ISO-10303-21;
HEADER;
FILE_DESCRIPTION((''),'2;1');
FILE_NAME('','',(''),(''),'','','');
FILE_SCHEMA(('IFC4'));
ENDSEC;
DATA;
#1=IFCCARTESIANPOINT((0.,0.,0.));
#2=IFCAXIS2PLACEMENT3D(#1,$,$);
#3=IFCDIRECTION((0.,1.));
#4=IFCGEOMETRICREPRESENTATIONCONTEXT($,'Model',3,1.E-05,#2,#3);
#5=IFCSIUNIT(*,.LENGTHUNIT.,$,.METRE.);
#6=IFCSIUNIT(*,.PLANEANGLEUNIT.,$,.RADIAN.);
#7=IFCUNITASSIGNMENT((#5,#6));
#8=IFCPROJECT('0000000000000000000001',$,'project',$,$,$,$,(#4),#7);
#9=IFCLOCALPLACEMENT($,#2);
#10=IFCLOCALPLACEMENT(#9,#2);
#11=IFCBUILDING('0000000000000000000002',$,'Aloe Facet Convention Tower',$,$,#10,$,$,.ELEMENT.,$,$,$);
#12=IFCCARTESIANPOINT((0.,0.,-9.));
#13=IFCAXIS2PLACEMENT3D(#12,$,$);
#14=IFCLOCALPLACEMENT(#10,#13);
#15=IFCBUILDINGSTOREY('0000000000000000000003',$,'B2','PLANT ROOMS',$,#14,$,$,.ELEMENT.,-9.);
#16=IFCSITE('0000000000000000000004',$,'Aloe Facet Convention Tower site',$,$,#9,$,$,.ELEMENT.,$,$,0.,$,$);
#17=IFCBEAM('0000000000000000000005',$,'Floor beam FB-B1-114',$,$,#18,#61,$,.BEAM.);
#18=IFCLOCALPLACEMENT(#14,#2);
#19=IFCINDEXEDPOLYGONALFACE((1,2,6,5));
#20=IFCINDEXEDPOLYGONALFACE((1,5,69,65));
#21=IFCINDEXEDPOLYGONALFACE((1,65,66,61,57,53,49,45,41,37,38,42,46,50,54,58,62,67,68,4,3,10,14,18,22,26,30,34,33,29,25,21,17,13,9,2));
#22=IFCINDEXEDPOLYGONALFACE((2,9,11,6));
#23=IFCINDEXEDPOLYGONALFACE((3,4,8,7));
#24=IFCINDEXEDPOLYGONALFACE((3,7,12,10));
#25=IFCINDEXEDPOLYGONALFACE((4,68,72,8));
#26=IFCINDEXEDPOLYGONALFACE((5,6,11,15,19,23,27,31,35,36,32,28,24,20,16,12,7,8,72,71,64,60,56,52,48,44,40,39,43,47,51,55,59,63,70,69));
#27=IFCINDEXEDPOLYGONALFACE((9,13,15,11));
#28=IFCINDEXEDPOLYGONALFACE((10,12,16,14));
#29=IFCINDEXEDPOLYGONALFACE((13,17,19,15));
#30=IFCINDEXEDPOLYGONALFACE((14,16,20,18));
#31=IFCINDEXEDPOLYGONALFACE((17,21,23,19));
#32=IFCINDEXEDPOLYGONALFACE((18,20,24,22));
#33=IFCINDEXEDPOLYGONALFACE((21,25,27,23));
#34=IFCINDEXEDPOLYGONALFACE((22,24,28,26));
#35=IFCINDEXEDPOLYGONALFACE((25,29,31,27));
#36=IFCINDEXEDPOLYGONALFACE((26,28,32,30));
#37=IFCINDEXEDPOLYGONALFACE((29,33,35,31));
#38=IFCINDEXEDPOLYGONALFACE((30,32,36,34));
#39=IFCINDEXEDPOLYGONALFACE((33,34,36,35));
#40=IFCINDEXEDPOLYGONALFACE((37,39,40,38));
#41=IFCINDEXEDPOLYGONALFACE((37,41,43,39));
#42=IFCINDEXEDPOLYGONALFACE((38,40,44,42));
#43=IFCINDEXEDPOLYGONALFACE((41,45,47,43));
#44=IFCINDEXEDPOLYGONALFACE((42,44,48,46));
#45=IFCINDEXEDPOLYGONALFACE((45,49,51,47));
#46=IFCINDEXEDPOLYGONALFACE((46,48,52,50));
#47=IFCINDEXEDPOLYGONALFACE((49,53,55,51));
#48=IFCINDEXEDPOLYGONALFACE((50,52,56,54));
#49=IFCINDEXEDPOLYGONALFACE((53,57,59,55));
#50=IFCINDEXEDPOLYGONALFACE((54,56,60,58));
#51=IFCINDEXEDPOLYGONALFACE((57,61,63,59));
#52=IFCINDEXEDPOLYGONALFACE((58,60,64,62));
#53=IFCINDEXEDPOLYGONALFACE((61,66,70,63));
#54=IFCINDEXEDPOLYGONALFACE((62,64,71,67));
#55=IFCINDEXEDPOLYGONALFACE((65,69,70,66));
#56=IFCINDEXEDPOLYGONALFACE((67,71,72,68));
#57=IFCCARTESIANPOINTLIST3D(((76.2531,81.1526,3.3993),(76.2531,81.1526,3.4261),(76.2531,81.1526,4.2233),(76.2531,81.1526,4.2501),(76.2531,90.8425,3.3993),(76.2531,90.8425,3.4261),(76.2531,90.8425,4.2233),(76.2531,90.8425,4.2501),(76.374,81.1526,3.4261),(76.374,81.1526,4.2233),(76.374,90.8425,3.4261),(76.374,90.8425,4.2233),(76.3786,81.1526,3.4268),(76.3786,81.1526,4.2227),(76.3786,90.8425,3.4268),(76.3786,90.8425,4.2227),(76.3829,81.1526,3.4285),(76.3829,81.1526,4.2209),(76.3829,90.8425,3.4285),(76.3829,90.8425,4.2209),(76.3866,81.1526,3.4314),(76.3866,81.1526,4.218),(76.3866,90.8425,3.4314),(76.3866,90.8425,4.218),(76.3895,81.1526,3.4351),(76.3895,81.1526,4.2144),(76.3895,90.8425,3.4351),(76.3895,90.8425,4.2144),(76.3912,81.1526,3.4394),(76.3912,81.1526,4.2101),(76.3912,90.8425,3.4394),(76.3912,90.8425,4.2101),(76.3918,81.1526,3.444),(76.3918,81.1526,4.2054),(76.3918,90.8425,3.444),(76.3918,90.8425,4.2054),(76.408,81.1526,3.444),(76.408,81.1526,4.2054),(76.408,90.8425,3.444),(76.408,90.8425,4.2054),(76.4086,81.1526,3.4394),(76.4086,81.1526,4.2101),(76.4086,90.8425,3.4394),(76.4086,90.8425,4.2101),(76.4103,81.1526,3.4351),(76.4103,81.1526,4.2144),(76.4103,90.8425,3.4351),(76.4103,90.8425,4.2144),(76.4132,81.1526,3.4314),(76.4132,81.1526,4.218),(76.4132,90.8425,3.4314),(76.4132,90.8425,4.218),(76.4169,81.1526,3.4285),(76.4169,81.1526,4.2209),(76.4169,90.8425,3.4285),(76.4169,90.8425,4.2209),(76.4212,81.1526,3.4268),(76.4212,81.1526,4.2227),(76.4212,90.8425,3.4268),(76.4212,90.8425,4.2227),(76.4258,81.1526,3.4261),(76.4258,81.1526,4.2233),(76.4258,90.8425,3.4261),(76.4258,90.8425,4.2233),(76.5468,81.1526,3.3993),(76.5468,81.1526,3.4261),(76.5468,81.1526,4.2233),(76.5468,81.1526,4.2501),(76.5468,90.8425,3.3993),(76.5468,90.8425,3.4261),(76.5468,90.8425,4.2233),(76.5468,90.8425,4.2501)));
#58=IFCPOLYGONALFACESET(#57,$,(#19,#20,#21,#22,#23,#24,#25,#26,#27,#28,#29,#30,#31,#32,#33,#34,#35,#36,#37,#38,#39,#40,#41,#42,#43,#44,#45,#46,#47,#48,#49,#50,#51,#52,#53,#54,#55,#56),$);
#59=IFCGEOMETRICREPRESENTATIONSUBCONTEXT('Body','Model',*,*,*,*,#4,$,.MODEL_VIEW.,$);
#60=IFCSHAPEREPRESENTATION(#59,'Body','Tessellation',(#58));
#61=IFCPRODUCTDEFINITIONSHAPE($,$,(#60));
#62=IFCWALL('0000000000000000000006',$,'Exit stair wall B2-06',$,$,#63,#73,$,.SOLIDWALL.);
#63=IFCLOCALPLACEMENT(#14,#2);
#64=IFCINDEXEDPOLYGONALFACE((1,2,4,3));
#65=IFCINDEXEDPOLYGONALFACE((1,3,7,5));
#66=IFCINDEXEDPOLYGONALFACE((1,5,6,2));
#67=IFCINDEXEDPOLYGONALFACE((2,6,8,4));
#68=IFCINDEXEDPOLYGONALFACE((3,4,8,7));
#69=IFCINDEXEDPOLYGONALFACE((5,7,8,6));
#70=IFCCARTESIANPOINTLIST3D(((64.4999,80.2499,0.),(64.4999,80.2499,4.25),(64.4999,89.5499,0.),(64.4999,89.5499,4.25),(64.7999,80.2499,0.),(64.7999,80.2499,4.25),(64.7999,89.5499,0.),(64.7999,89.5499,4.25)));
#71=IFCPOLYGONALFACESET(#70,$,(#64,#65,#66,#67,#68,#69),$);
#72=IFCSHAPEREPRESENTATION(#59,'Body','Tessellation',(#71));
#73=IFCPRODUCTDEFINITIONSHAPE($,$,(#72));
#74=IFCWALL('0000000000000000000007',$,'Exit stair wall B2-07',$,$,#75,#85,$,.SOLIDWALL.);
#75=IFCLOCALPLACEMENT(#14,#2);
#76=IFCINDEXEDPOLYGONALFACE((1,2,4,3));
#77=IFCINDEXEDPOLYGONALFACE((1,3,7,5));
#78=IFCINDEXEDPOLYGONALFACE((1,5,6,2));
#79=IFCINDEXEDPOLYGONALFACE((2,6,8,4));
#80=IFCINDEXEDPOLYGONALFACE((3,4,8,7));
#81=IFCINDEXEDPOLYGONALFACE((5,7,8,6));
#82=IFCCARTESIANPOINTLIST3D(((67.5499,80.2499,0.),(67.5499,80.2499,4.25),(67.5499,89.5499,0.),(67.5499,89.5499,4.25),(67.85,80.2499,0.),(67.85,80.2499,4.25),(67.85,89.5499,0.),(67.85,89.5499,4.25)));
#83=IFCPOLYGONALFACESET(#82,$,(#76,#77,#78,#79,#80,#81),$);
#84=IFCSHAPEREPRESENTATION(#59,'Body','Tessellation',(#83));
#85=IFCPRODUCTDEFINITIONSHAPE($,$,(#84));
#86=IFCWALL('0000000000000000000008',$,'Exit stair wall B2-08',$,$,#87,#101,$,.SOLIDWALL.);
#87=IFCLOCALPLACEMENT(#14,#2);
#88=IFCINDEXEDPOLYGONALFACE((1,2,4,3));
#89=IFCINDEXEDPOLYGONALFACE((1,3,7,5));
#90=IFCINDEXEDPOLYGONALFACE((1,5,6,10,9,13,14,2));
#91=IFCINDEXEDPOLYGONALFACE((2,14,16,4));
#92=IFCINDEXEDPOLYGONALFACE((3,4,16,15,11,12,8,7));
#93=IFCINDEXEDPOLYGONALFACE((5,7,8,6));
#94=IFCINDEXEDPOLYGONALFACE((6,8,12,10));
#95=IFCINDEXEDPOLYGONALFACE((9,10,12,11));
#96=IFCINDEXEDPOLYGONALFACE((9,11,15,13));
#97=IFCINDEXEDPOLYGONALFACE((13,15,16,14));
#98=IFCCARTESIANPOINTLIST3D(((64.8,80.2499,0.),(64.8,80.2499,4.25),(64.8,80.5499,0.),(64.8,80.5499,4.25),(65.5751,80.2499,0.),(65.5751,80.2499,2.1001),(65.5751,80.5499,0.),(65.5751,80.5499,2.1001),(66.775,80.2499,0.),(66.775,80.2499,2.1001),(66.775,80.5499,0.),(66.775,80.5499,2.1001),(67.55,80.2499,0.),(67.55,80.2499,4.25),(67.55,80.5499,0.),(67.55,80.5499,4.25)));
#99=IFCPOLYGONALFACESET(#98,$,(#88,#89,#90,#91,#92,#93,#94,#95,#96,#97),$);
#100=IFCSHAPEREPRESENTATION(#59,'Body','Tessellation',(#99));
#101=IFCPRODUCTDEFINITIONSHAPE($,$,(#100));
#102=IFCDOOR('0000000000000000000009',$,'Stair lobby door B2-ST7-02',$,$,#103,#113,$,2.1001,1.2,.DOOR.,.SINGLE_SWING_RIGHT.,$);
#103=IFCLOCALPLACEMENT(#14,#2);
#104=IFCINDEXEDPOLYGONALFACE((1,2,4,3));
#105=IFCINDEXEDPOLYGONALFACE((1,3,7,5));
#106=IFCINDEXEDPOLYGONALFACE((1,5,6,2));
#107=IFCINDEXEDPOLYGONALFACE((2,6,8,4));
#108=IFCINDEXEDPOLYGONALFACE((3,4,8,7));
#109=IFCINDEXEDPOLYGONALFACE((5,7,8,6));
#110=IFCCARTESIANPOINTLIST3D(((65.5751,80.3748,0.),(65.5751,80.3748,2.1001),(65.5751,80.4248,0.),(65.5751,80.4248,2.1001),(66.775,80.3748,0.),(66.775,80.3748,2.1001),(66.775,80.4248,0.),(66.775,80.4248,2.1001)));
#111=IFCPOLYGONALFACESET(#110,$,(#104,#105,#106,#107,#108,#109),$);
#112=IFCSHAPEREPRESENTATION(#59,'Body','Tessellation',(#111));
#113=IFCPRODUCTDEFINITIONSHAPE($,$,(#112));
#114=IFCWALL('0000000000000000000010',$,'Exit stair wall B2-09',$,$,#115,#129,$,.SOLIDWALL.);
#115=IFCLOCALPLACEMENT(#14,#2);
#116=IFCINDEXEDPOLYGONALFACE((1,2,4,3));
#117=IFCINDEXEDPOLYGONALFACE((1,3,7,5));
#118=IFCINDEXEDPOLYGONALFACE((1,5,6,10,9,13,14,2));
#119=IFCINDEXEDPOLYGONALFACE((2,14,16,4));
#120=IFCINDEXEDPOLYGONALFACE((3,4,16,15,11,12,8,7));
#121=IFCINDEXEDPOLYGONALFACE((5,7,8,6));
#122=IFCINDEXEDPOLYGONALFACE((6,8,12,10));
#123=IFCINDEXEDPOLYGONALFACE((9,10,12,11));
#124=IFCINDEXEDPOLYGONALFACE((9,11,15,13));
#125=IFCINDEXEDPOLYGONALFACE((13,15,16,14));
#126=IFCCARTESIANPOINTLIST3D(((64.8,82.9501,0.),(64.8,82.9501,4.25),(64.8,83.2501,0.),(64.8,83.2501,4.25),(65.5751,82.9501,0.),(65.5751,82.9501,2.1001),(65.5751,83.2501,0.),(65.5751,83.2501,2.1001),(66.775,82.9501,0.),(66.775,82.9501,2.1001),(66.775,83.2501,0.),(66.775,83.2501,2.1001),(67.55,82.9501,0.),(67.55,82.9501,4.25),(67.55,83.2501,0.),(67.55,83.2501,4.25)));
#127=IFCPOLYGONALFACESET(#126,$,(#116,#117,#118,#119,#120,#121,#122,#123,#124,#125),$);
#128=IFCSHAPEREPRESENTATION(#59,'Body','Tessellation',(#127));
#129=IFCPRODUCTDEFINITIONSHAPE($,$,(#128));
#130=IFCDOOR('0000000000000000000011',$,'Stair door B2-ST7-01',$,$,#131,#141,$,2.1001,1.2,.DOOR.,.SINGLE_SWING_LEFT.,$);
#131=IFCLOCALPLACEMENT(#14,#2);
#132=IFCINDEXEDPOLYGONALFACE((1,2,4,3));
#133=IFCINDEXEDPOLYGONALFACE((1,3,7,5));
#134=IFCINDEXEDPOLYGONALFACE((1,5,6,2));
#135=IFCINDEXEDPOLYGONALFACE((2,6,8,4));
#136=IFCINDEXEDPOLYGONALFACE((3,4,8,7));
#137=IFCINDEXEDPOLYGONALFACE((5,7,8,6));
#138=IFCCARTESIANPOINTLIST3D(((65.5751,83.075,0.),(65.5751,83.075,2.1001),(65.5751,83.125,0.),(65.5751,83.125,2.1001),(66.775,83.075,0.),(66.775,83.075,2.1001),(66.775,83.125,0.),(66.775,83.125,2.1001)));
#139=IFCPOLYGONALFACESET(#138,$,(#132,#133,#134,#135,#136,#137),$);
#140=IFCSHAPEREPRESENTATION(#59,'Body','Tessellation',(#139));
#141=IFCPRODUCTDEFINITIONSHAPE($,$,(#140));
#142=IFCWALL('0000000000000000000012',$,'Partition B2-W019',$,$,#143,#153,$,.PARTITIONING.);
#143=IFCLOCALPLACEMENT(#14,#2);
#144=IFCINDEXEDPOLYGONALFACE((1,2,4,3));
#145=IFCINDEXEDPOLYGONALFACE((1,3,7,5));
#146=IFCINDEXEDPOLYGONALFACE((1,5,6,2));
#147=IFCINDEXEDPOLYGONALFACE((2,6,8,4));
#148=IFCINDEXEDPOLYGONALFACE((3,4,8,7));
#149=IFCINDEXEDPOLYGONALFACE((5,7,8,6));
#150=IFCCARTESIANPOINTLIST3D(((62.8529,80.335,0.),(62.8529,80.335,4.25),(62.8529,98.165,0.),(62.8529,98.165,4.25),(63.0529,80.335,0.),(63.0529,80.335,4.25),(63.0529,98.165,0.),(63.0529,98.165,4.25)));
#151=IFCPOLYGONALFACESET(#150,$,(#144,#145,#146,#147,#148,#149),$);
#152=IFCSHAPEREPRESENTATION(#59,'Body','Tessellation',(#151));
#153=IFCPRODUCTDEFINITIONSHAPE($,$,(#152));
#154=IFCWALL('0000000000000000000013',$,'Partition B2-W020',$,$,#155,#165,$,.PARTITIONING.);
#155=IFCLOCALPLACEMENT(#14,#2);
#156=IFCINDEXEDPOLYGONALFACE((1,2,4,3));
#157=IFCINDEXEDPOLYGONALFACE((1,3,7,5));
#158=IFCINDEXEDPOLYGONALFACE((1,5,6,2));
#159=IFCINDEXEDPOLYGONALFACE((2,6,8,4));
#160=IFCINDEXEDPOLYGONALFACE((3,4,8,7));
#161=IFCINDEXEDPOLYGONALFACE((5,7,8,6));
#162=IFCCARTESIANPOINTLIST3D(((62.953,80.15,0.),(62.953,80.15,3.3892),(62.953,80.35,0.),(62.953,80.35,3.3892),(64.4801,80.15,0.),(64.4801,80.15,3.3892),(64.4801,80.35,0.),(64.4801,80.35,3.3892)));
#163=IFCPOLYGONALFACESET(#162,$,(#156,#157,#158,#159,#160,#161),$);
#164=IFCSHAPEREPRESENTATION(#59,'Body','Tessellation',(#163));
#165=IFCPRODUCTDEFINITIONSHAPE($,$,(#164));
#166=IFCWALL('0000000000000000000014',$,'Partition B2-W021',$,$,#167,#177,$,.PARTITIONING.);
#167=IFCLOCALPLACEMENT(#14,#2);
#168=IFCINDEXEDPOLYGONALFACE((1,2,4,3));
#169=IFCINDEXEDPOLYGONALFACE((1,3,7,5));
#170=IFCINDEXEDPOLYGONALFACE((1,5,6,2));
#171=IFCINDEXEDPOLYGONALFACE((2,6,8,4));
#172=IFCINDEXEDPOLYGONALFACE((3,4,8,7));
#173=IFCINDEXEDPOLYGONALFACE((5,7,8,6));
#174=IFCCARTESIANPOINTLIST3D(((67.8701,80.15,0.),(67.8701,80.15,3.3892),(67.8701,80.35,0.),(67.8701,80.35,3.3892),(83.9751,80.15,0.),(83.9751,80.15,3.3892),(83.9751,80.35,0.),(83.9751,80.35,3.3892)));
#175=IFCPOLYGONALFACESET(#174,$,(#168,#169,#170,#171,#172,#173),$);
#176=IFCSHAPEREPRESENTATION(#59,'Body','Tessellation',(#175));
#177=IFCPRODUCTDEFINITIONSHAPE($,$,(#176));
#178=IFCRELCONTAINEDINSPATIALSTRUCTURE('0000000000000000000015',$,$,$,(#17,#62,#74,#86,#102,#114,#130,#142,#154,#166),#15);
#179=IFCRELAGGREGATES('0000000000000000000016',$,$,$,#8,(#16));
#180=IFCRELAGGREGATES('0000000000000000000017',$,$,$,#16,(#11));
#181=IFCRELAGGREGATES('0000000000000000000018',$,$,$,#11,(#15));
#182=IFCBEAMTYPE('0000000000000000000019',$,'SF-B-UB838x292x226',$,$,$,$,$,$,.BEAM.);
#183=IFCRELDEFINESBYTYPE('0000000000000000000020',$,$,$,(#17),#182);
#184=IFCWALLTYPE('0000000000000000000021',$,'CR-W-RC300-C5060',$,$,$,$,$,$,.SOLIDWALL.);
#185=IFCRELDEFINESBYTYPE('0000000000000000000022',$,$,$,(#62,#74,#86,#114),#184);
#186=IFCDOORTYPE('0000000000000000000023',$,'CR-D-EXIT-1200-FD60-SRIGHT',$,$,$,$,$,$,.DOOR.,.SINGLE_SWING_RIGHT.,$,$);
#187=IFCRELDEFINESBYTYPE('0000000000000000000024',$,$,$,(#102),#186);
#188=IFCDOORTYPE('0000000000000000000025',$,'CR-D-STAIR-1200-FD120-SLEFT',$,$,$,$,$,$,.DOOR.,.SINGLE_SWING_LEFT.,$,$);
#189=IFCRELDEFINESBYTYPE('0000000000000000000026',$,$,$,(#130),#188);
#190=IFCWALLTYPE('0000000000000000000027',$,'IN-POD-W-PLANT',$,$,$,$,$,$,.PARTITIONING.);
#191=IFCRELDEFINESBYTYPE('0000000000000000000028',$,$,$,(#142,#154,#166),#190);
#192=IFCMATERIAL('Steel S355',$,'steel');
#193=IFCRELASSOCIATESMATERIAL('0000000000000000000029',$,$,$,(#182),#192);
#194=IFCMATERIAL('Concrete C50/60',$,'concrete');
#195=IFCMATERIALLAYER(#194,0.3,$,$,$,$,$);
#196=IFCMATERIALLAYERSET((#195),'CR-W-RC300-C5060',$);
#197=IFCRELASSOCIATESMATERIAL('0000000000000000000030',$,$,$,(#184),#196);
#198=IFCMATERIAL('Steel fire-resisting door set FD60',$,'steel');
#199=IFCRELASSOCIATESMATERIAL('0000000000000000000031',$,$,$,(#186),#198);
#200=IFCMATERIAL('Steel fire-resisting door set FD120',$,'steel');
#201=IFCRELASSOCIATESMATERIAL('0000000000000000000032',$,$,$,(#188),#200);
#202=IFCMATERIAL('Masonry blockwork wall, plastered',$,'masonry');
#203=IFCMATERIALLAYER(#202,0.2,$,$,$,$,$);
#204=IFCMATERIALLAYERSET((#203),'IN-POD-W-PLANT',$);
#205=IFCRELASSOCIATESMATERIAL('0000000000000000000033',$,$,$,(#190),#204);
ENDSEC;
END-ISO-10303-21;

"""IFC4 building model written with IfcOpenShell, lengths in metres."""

from ifc_helpers import new_model, si_unit, direction, frame, frame_2d, origin, origin_2d, place, context, subcontext, project, spatial, rectangle, i_section, extrude, material, layer, layer_set, material_profile, profile_set, type_object, element, fill, save


model = new_model("IFC4")

# Units and contexts
model_context = context("Model", 3, precision=1e-05, world=origin(), true_north=direction((0.0, 1.0)))
body_context = subcontext(model_context, "Body", "Model", "MODEL_VIEW")
ifc_project = project(units=[si_unit("LENGTHUNIT", "METRE"), si_unit("PLANEANGLEUNIT", "RADIAN")], contexts=[model_context])

# Site, building, storey
site_placement = place(None, origin())
site = spatial("IfcSite", under=ifc_project, at=site_placement, Name="Aloe Facet Convention Tower site", CompositionType="ELEMENT", RefElevation=0.0)
building_placement = place(site_placement, origin())
building = spatial("IfcBuilding", under=site, at=building_placement, Name="Aloe Facet Convention Tower", CompositionType="ELEMENT")
storey_placement = place(building_placement, frame((0.0, 0.0, -9.0)))
storey = spatial("IfcBuildingStorey", under=building, at=storey_placement, Name="B2", Description="PLANT ROOMS", CompositionType="ELEMENT", Elevation=-9.0)

# Beam
ifc_material_1 = material(Name="Steel S355", Category="steel")
ifc_material_profile_1 = material_profile(ifc_material_1, i_section(OverallWidth=0.2937, OverallDepth=0.8508, WebThickness=0.0161, FlangeThickness=0.0269, FilletRadius=0.0178, at=origin_2d()), Name="UB 838x292x226")
ifc_profile_set_1 = profile_set([ifc_material_profile_1], Name="Steel S355")
beam_type_1 = type_object("IfcBeamType", Name="SF-B-UB838x292x226", PredefinedType="BEAM", material=ifc_profile_set_1)
beam_1_placement = place(storey_placement, frame((76.3999, 81.1526, 3.8247), z_axis=(0.0, 1.0, 0.0), x_axis=(-1.0, 0.0, 0.0)))
element("IfcBeam", 1, at=beam_1_placement, inside=storey, type_object=beam_type_1, Name="Floor beam FB-B1-114", PredefinedType="BEAM", context=body_context, shape_type="SweptSolid", body=[
    extrude(i_section(OverallWidth=0.2937, OverallDepth=0.8508, WebThickness=0.0161, FlangeThickness=0.0269, FilletRadius=0.0178, at=origin_2d()), origin(), (0.0, 0.0, 1.0), 9.6899),
])

# Walls
ifc_material_2 = material(Name="Concrete C50/60", Category="concrete")
ifc_layer_1 = layer(ifc_material_2, 0.3)
ifc_layer_set_1 = layer_set([ifc_layer_1], Name="CR-W-RC300-C5060")
wall_type_1 = type_object("IfcWallType", Name="CR-W-RC300-C5060", PredefinedType="SOLIDWALL", material=ifc_layer_set_1)
for number, where, z_axis, x_axis, name in (
    (2, (64.6499, 80.25, 0.0), (0.0, 0.0, 1.0), (0.0, 1.0, 0.0), "Exit stair wall B2-06"),
    (3, (67.7, 80.25, 0.0), (0.0, 0.0, 1.0), (0.0, 1.0, 0.0), "Exit stair wall B2-07"),
):
    element("IfcWall", number, at=place(storey_placement, frame(where, z_axis=z_axis, x_axis=x_axis)), inside=storey, type_object=wall_type_1, Name=name, PredefinedType="SOLIDWALL", context=body_context, shape_type="SweptSolid", body=[
        extrude(rectangle(XDim=9.3, YDim=0.3, at=frame_2d((4.6499, 0.0))), origin(), (0.0, 0.0, 1.0), 4.25),
    ])

# Walls, openings, doors
wall_1_placement = place(storey_placement, frame((64.8, 80.3999, 0.0), z_axis=(0.0, 0.0, 1.0), x_axis=(1.0, 0.0, 0.0)))
wall_1 = element("IfcWall", 4, at=wall_1_placement, inside=storey, type_object=wall_type_1, Name="Exit stair wall B2-08", PredefinedType="SOLIDWALL", context=body_context, shape_type="SweptSolid", body=[
    extrude(rectangle(XDim=2.75, YDim=0.3, at=frame_2d((1.375, 0.0))), origin(), (0.0, 0.0, 1.0), 4.25),
])
opening_1_placement = place(wall_1_placement, frame((0.7749, 0.0, 0.0)))
opening_1 = element("IfcOpeningElement", 5, at=opening_1_placement, cuts=wall_1, PredefinedType="OPENING", context=body_context, shape_type="SweptSolid", body=[
    extrude(rectangle(XDim=1.2, YDim=2.1001, at=frame_2d((0.6001, 1.05))), frame((0.0, 0.1602, 0.0), z_axis=(0.0, -1.0, 0.0), x_axis=(1.0, 0.0, 0.0)), (0.0, 0.0, 1.0), 0.3201),
])
ifc_material_3 = material(Name="Steel fire-resisting door set FD60", Category="steel")
door_type_1 = type_object("IfcDoorType", Name="CR-D-EXIT-1200-FD60-SRIGHT", OperationType="SINGLE_SWING_RIGHT", PredefinedType="DOOR", material=ifc_material_3)
door_1_placement = place(opening_1_placement, origin())
door_1 = element("IfcDoor", 6, at=door_1_placement, inside=storey, type_object=door_type_1, Name="Stair lobby door B2-ST7-02", OperationType="SINGLE_SWING_RIGHT", OverallHeight=2.1001, OverallWidth=1.2, PredefinedType="DOOR", context=body_context, shape_type="SweptSolid", body=[
    extrude(rectangle(XDim=1.2, YDim=2.1001, at=frame_2d((0.6001, 1.05))), frame((0.0, 0.0249, 0.0), z_axis=(0.0, -1.0, 0.0), x_axis=(1.0, 0.0, 0.0)), (0.0, 0.0, 1.0), 0.05),
])
fill(opening_1, door_1)
wall_2_placement = place(storey_placement, frame((64.8, 83.1001, 0.0), z_axis=(0.0, 0.0, 1.0), x_axis=(1.0, 0.0, 0.0)))
wall_2 = element("IfcWall", 7, at=wall_2_placement, inside=storey, type_object=wall_type_1, Name="Exit stair wall B2-09", PredefinedType="SOLIDWALL", context=body_context, shape_type="SweptSolid", body=[
    extrude(rectangle(XDim=2.75, YDim=0.3, at=frame_2d((1.375, 0.0))), origin(), (0.0, 0.0, 1.0), 4.25),
])
opening_2_placement = place(wall_2_placement, frame((0.7749, 0.0, 0.0)))
opening_2 = element("IfcOpeningElement", 8, at=opening_2_placement, cuts=wall_2, PredefinedType="OPENING", context=body_context, shape_type="SweptSolid", body=[
    extrude(rectangle(XDim=1.2, YDim=2.1001, at=frame_2d((0.6001, 1.05))), frame((0.0, 0.1602, 0.0), z_axis=(0.0, -1.0, 0.0), x_axis=(1.0, 0.0, 0.0)), (0.0, 0.0, 1.0), 0.3201),
])
ifc_material_4 = material(Name="Steel fire-resisting door set FD120", Category="steel")
door_type_2 = type_object("IfcDoorType", Name="CR-D-STAIR-1200-FD120-SLEFT", OperationType="SINGLE_SWING_LEFT", PredefinedType="DOOR", material=ifc_material_4)
door_2_placement = place(opening_2_placement, origin())
door_2 = element("IfcDoor", 9, at=door_2_placement, inside=storey, type_object=door_type_2, Name="Stair door B2-ST7-01", OperationType="SINGLE_SWING_LEFT", OverallHeight=2.1001, OverallWidth=1.2, PredefinedType="DOOR", context=body_context, shape_type="SweptSolid", body=[
    extrude(rectangle(XDim=1.2, YDim=2.1001, at=frame_2d((0.6001, 1.05))), frame((0.0, 0.0249, 0.0), z_axis=(0.0, -1.0, 0.0), x_axis=(1.0, 0.0, 0.0)), (0.0, 0.0, 1.0), 0.05),
])
fill(opening_2, door_2)

# Walls
ifc_material_5 = material(Name="Masonry blockwork wall, plastered", Category="masonry")
ifc_layer_2 = layer(ifc_material_5, 0.2)
ifc_layer_set_2 = layer_set([ifc_layer_2], Name="IN-POD-W-PLANT")
wall_type_2 = type_object("IfcWallType", Name="IN-POD-W-PLANT", PredefinedType="PARTITIONING", material=ifc_layer_set_2)
wall_3_placement = place(storey_placement, frame((62.9529, 80.335, 0.0), z_axis=(0.0, 0.0, 1.0), x_axis=(0.0, 1.0, 0.0)))
element("IfcWall", 10, at=wall_3_placement, inside=storey, type_object=wall_type_2, Name="Partition B2-W019", PredefinedType="PARTITIONING", context=body_context, shape_type="SweptSolid", body=[
    extrude(rectangle(XDim=17.8301, YDim=0.2, at=frame_2d((8.915, 0.0))), origin(), (0.0, 0.0, 1.0), 4.25),
])
wall_4_placement = place(storey_placement, frame((62.9529, 80.25, 0.0), z_axis=(0.0, 0.0, 1.0), x_axis=(1.0, 0.0, 0.0)))
element("IfcWall", 11, at=wall_4_placement, inside=storey, type_object=wall_type_2, Name="Partition B2-W020", PredefinedType="PARTITIONING", context=body_context, shape_type="SweptSolid", body=[
    extrude(rectangle(XDim=1.5271, YDim=0.2, at=frame_2d((0.7637, 0.0))), origin(), (0.0, 0.0, 1.0), 3.3892),
])
wall_5_placement = place(storey_placement, frame((67.8701, 80.25, 0.0), z_axis=(0.0, 0.0, 1.0), x_axis=(1.0, 0.0, 0.0)))
element("IfcWall", 12, at=wall_5_placement, inside=storey, type_object=wall_type_2, Name="Partition B2-W021", PredefinedType="PARTITIONING", context=body_context, shape_type="SweptSolid", body=[
    extrude(rectangle(XDim=16.105, YDim=0.2, at=frame_2d((8.0525, 0.0))), origin(), (0.0, 0.0, 1.0), 3.3892),
])

save(model, "model.ifc")
